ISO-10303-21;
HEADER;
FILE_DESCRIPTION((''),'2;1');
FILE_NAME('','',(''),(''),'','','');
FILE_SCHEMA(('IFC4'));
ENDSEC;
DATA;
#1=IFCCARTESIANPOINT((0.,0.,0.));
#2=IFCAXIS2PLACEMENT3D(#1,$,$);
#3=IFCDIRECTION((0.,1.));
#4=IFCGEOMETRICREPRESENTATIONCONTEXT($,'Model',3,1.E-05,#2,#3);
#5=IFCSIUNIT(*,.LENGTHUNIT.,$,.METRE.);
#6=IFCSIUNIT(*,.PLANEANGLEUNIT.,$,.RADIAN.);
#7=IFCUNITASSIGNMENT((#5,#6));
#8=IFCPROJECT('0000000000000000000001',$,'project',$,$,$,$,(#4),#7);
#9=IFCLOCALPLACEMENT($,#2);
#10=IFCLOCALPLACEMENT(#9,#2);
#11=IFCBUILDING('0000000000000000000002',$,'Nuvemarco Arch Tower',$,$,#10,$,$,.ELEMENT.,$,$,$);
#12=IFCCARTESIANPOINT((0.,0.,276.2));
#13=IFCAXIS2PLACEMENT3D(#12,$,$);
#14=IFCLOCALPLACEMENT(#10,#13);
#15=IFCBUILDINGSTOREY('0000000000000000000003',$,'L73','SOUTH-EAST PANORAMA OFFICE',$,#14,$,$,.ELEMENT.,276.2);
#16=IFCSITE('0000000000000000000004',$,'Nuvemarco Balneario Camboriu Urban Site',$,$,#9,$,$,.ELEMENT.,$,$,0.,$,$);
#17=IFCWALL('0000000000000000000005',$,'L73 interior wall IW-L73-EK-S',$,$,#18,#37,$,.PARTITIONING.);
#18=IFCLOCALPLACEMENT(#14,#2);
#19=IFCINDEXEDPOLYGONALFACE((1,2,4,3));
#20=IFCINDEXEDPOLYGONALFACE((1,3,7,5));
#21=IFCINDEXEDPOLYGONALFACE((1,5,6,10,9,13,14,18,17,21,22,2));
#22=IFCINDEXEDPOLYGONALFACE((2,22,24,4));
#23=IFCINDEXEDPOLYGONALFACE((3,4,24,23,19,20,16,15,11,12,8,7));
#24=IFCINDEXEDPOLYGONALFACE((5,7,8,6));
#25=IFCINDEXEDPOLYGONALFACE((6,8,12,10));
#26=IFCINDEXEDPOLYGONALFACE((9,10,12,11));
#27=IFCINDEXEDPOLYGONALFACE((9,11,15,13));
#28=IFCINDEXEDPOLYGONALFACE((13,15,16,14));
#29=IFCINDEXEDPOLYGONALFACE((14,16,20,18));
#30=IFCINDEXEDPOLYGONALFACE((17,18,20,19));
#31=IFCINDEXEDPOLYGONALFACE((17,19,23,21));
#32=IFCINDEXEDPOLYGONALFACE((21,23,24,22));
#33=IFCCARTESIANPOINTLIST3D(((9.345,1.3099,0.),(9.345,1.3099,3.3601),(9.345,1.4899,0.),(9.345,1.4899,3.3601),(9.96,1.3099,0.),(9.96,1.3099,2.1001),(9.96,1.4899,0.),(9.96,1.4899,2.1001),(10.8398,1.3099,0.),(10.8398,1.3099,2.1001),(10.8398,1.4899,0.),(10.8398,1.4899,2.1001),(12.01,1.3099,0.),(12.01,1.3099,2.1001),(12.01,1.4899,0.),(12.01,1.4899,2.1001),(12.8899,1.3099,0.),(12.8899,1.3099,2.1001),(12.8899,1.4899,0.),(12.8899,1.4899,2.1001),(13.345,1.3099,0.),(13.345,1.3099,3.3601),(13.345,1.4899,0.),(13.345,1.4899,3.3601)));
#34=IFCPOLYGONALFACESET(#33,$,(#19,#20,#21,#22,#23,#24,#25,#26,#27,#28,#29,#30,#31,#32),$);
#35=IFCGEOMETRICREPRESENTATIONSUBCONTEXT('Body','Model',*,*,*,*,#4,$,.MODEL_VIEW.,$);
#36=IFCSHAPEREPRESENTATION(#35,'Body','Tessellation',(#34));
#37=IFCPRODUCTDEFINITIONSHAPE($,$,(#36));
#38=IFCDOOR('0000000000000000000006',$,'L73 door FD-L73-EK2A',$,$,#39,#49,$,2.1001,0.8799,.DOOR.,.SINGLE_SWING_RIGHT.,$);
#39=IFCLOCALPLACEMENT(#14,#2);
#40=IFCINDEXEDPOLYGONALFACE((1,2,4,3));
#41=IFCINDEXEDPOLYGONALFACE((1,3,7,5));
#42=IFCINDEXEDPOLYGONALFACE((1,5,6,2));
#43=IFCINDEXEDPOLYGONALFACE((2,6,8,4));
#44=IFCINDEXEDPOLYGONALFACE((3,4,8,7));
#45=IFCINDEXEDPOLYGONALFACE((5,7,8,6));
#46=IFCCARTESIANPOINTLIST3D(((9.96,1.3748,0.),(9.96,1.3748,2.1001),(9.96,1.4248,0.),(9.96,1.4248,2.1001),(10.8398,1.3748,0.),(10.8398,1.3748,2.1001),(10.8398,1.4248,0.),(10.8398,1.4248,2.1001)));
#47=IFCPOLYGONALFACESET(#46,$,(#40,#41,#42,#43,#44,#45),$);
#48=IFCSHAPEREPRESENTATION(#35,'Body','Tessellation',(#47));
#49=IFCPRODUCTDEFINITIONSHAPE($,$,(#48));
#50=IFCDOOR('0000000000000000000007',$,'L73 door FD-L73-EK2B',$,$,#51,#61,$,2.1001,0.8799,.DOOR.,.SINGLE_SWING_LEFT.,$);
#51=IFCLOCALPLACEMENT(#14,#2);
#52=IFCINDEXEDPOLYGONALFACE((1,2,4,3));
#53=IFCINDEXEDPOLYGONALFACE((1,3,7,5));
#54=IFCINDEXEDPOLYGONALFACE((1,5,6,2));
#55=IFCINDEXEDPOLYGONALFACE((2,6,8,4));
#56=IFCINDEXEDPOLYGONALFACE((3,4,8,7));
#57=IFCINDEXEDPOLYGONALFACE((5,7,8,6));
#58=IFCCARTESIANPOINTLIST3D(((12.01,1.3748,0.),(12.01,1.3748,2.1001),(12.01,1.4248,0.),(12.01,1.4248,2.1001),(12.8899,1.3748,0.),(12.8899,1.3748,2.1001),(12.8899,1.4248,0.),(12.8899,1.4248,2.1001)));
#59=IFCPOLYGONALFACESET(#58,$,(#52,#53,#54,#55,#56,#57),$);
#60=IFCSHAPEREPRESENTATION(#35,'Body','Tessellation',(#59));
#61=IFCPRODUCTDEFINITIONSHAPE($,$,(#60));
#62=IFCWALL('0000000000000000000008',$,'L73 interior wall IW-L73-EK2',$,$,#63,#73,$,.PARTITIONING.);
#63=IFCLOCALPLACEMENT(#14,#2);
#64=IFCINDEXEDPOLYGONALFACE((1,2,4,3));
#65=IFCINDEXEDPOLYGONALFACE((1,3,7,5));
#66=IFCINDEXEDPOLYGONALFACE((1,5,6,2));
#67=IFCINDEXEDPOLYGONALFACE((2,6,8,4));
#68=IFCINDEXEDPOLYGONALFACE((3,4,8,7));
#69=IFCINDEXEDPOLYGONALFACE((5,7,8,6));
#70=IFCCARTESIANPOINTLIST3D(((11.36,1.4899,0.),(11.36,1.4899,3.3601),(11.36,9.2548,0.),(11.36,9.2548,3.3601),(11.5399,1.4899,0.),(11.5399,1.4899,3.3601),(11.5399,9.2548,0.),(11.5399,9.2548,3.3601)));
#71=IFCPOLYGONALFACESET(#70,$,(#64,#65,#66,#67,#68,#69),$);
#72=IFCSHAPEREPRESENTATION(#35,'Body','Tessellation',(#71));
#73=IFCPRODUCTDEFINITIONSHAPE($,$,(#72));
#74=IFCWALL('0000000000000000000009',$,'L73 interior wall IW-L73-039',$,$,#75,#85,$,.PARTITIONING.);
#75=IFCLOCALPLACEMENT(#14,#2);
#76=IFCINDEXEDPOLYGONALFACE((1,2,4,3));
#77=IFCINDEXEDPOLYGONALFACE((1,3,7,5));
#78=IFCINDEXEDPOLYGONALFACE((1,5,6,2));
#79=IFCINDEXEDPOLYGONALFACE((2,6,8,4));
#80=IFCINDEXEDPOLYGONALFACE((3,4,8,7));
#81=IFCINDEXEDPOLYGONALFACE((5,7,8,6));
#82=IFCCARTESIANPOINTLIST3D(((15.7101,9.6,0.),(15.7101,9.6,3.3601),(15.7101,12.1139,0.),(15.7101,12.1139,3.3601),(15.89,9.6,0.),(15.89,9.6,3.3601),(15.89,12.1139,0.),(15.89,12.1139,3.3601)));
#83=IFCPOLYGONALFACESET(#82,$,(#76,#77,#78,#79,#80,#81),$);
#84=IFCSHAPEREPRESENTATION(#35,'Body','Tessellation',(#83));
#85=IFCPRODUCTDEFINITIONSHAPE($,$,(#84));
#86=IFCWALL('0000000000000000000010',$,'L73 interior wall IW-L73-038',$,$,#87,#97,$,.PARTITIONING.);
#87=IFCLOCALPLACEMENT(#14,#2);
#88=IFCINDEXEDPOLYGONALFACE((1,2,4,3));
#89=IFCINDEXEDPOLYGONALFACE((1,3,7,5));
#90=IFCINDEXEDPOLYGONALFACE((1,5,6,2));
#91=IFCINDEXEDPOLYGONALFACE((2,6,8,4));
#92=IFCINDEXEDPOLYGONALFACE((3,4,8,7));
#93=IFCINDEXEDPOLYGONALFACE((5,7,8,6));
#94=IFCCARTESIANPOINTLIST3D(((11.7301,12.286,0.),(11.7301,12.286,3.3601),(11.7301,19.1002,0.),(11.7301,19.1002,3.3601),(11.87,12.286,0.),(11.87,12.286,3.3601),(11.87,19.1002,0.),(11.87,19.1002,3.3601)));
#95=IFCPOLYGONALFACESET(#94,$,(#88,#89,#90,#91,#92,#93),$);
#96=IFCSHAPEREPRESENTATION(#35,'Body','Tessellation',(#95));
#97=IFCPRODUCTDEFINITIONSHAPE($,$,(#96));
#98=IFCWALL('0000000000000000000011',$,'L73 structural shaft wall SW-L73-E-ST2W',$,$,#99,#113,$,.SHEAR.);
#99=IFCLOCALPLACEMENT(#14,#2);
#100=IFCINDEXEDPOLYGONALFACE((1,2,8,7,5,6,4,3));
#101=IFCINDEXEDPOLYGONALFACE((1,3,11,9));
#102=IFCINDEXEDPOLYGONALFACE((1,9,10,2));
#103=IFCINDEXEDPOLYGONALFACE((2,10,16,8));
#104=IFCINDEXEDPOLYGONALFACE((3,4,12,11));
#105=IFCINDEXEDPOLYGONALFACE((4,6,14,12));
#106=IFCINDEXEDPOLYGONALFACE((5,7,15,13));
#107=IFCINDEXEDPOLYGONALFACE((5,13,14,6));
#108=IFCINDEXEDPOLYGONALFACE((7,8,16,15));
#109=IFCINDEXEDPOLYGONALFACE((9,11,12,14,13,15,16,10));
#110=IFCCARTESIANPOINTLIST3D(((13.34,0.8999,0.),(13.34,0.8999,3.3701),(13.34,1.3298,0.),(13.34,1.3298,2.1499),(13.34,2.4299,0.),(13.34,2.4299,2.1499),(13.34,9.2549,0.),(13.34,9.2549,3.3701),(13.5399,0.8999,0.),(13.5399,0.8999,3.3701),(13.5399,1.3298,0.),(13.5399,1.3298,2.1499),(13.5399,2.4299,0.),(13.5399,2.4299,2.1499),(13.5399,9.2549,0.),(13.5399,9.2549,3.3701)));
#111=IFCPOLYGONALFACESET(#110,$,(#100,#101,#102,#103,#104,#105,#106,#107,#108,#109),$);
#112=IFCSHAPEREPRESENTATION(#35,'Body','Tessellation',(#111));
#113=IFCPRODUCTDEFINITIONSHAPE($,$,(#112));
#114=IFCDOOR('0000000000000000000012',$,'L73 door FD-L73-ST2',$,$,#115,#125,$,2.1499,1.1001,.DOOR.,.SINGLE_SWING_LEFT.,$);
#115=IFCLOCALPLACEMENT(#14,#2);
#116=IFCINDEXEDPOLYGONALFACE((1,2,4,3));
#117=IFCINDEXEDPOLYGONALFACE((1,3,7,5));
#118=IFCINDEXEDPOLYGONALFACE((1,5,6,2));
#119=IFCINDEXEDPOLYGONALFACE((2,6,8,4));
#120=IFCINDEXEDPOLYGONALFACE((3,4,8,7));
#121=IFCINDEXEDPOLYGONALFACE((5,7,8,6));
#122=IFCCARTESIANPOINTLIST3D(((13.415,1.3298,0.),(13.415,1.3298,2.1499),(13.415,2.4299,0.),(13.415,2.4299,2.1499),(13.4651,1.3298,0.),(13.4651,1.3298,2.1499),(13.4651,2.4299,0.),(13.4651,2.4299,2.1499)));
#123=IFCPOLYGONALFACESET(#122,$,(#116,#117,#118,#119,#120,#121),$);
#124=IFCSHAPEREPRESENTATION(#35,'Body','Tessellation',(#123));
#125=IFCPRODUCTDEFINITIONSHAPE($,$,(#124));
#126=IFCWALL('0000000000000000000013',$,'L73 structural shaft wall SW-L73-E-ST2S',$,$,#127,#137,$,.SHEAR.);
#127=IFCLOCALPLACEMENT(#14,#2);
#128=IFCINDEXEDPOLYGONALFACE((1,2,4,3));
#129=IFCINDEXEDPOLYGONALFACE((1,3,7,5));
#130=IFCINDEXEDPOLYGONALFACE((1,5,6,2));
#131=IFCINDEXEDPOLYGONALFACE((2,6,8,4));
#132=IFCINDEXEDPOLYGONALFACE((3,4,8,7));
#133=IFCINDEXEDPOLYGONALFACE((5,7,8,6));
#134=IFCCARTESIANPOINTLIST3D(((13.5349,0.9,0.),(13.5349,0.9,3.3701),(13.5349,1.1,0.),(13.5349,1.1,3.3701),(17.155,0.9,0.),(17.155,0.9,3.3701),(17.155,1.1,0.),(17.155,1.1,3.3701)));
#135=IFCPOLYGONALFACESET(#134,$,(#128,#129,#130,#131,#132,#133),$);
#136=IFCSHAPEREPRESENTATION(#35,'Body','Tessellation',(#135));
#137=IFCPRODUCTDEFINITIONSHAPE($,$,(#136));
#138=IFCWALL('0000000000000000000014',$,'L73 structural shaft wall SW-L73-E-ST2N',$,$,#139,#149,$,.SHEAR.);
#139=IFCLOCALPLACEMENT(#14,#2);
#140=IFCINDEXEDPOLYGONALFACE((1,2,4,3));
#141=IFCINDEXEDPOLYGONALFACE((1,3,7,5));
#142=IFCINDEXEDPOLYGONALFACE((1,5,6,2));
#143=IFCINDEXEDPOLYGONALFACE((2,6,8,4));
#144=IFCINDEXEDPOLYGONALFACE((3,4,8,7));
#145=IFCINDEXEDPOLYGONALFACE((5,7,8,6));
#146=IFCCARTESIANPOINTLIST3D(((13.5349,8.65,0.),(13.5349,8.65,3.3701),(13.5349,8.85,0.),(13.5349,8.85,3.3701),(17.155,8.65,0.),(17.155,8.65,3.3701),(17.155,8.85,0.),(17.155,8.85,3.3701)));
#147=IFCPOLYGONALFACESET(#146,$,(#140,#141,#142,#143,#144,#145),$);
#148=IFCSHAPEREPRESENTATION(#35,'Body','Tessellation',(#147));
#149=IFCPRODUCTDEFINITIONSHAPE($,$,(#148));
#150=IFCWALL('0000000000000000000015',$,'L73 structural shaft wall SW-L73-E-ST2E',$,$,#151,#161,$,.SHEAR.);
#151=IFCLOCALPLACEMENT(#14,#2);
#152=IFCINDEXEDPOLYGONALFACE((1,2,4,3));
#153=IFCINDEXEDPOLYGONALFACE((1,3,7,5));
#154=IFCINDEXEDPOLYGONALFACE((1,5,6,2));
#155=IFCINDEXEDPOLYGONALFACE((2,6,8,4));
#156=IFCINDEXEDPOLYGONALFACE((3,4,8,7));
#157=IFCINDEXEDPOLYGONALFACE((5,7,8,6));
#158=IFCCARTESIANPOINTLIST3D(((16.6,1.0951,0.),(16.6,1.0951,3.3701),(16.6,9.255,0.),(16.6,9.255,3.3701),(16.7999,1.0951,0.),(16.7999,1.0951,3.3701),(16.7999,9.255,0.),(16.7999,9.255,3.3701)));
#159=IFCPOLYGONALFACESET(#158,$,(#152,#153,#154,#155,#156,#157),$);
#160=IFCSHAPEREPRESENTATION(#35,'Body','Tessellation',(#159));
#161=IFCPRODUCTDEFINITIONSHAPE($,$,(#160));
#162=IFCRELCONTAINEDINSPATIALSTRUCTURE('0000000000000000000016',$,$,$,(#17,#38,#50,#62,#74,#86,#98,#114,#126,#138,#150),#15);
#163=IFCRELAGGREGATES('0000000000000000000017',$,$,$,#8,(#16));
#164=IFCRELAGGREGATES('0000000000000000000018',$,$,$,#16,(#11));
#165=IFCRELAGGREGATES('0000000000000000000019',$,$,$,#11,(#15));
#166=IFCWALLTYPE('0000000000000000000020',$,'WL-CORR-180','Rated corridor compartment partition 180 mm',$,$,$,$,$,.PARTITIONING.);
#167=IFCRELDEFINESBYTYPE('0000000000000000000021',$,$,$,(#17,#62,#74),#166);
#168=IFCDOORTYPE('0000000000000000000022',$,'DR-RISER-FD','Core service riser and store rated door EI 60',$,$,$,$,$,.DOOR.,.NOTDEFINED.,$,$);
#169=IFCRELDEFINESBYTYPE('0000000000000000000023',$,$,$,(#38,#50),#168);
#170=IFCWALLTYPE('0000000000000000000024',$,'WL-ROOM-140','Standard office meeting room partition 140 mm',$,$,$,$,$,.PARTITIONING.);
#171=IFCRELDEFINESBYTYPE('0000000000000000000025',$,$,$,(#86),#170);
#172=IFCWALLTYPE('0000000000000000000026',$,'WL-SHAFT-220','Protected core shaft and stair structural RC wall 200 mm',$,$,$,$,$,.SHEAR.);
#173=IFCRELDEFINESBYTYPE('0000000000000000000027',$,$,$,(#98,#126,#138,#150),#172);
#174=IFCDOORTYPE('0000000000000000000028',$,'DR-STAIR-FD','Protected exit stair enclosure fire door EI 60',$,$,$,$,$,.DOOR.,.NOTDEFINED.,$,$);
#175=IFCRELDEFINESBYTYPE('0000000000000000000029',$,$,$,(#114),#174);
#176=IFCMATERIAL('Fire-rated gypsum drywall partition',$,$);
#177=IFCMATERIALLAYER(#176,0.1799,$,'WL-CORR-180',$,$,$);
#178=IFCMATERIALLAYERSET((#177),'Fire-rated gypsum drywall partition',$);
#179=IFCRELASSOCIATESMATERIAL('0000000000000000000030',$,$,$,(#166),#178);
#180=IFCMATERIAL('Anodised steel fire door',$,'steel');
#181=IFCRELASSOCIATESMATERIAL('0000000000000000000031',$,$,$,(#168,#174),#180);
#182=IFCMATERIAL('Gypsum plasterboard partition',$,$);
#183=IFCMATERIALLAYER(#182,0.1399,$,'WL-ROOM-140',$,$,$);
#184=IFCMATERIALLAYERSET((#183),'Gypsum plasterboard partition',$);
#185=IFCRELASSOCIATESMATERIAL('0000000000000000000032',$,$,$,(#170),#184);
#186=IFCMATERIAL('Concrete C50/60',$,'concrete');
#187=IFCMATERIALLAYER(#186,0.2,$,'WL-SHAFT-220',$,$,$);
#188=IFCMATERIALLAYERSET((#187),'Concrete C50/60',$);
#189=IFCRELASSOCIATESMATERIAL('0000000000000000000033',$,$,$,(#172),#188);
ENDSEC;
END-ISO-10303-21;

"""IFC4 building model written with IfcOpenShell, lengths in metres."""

from ifc_helpers import new_model, si_unit, direction, frame, frame_2d, origin, place, context, subcontext, project, spatial, rectangle, extrude, source, transform, mapped, material, layer, layer_set, type_object, type_shapes, element, fill, save


model = new_model("IFC4")

# Units and contexts
model_context = context("Model", 3, precision=1e-05, world=origin(), true_north=direction((0.0, 1.0)))
body_context = subcontext(model_context, "Body", "Model", "MODEL_VIEW")
ifc_project = project(units=[si_unit("LENGTHUNIT", "METRE"), si_unit("PLANEANGLEUNIT", "RADIAN")], contexts=[model_context])

# Site, building, storey
site_placement = place(None, origin())
site = spatial("IfcSite", under=ifc_project, at=site_placement, Name="Nuvemarco Balneario Camboriu Urban Site", CompositionType="ELEMENT", RefElevation=0.0)
building_placement = place(site_placement, origin())
building = spatial("IfcBuilding", under=site, at=building_placement, Name="Nuvemarco Arch Tower", CompositionType="ELEMENT")
storey_placement = place(building_placement, frame((0.0, 0.0, 276.2)))
storey = spatial("IfcBuildingStorey", under=building, at=storey_placement, Name="L73", Description="SOUTH-EAST PANORAMA OFFICE", CompositionType="ELEMENT", Elevation=276.2)

# Shared definitions
ifc_material_1 = material(Name="Concrete C50/60", Category="concrete")

# Wall, openings, doors
ifc_material_2 = material(Name="Fire-rated gypsum drywall partition")
ifc_layer_1 = layer(ifc_material_2, 0.1799, Name="WL-CORR-180")
ifc_layer_set_1 = layer_set([ifc_layer_1], Name="Fire-rated gypsum drywall partition")
wall_type_1 = type_object("IfcWallType", Name="WL-CORR-180", Description="Rated corridor compartment partition 180 mm", PredefinedType="PARTITIONING", material=ifc_layer_set_1)
wall_1_placement = place(storey_placement, frame((9.345, 1.3999, 0.0), z_axis=(0.0, 0.0, 1.0), x_axis=(1.0, 0.0, 0.0)))
wall_1 = element("IfcWall", 1, at=wall_1_placement, inside=storey, type_object=wall_type_1, Name="L73 interior wall IW-L73-EK-S", PredefinedType="PARTITIONING", context=body_context, shape_type="SweptSolid", body=[
    extrude(rectangle(XDim=4.0, YDim=0.1799, at=frame_2d((2.0, 0.0))), origin(), (0.0, 0.0, 1.0), 3.3601),
])
opening_1_placement = place(wall_1_placement, frame((0.615, 0.0, 0.0)))
opening_1 = element("IfcOpeningElement", 2, at=opening_1_placement, cuts=wall_1, PredefinedType="OPENING", context=body_context, shape_type="SweptSolid", body=[
    extrude(rectangle(XDim=0.8799, YDim=2.1001, at=frame_2d((0.4399, 1.05))), frame((0.0, 0.0999, 0.0), z_axis=(0.0, -1.0, 0.0), x_axis=(1.0, 0.0, 0.0)), (0.0, 0.0, 1.0), 0.2),
])
opening_2_placement = place(wall_1_placement, frame((2.665, 0.0, 0.0)))
opening_2 = element("IfcOpeningElement", 3, at=opening_2_placement, cuts=wall_1, PredefinedType="OPENING", context=body_context, shape_type="SweptSolid", body=[
    extrude(rectangle(XDim=0.8799, YDim=2.1001, at=frame_2d((0.4399, 1.05))), frame((0.0, 0.0999, 0.0), z_axis=(0.0, -1.0, 0.0), x_axis=(1.0, 0.0, 0.0)), (0.0, 0.0, 1.0), 0.2),
])
ifc_material_3 = material(Name="Anodised steel fire door", Category="steel")
door_type_1 = type_object("IfcDoorType", Name="DR-RISER-FD", Description="Core service riser and store rated door EI 60", OperationType="NOTDEFINED", PredefinedType="DOOR", material=ifc_material_3)
shared_shape_1 = source(origin(), body_context, "Body", "SweptSolid", [
    extrude(rectangle(XDim=0.8799, YDim=2.1001, at=frame_2d((0.4399, 1.05))), frame((0.0, 0.0249, 0.0), z_axis=(0.0, -1.0, 0.0), x_axis=(1.0, 0.0, 0.0)), (0.0, 0.0, 1.0), 0.05),
])
type_shapes(door_type_1, [shared_shape_1])
door_1_placement = place(opening_1_placement, origin())
door_1 = element("IfcDoor", 4, at=door_1_placement, inside=storey, type_object=door_type_1, Name="L73 door FD-L73-EK2A", OperationType="SINGLE_SWING_RIGHT", OverallHeight=2.1001, OverallWidth=0.8799, PredefinedType="DOOR", context=body_context, shape_type="MappedRepresentation", body=[
    mapped(shared_shape_1, transform((0.0, 0.0, 0.0), scale=1.0)),
])
fill(opening_1, door_1)
door_2_placement = place(opening_2_placement, origin())
door_2 = element("IfcDoor", 5, at=door_2_placement, inside=storey, type_object=door_type_1, Name="L73 door FD-L73-EK2B", OperationType="SINGLE_SWING_LEFT", OverallHeight=2.1001, OverallWidth=0.8799, PredefinedType="DOOR", context=body_context, shape_type="MappedRepresentation", body=[
    mapped(shared_shape_1, transform((0.0, 0.0, 0.0), scale=1.0)),
])
fill(opening_2, door_2)

# Walls
wall_2_placement = place(storey_placement, frame((11.45, 1.49, 0.0), z_axis=(0.0, 0.0, 1.0), x_axis=(0.0, 1.0, 0.0)))
element("IfcWall", 6, at=wall_2_placement, inside=storey, type_object=wall_type_1, Name="L73 interior wall IW-L73-EK2", PredefinedType="PARTITIONING", context=body_context, shape_type="SweptSolid", body=[
    extrude(rectangle(XDim=7.7649, YDim=0.1799, at=frame_2d((3.8823, 0.0))), origin(), (0.0, 0.0, 1.0), 3.3601),
])
wall_3_placement = place(storey_placement, frame((15.8, 9.6001, 0.0), z_axis=(0.0, 0.0, 1.0), x_axis=(0.0, 1.0, 0.0)))
element("IfcWall", 7, at=wall_3_placement, inside=storey, type_object=wall_type_1, Name="L73 interior wall IW-L73-039", PredefinedType="PARTITIONING", context=body_context, shape_type="SweptSolid", body=[
    extrude(rectangle(XDim=2.5139, YDim=0.1799, at=frame_2d((1.2568, 0.0))), origin(), (0.0, 0.0, 1.0), 3.3601),
])
ifc_material_4 = material(Name="Gypsum plasterboard partition")
ifc_layer_2 = layer(ifc_material_4, 0.1399, Name="WL-ROOM-140")
ifc_layer_set_2 = layer_set([ifc_layer_2], Name="Gypsum plasterboard partition")
wall_type_2 = type_object("IfcWallType", Name="WL-ROOM-140", Description="Standard office meeting room partition 140 mm", PredefinedType="PARTITIONING", material=ifc_layer_set_2)
wall_4_placement = place(storey_placement, frame((11.8, 12.2859, 0.0), z_axis=(0.0, 0.0, 1.0), x_axis=(0.0, 1.0, 0.0)))
element("IfcWall", 8, at=wall_4_placement, inside=storey, type_object=wall_type_2, Name="L73 interior wall IW-L73-038", PredefinedType="PARTITIONING", context=body_context, shape_type="SweptSolid", body=[
    extrude(rectangle(XDim=6.8142, YDim=0.1399, at=frame_2d((3.4072, 0.0))), origin(), (0.0, 0.0, 1.0), 3.3601),
])

# Wall, opening, door
ifc_layer_3 = layer(ifc_material_1, 0.2, Name="WL-SHAFT-220")
ifc_layer_set_3 = layer_set([ifc_layer_3], Name="Concrete C50/60")
wall_type_3 = type_object("IfcWallType", Name="WL-SHAFT-220", Description="Protected core shaft and stair structural RC wall 200 mm", PredefinedType="SHEAR", material=ifc_layer_set_3)
wall_5_placement = place(storey_placement, frame((13.4399, 0.8999, 0.0), z_axis=(0.0, 0.0, 1.0), x_axis=(0.0, 1.0, 0.0)))
wall_5 = element("IfcWall", 9, at=wall_5_placement, inside=storey, type_object=wall_type_3, Name="L73 structural shaft wall SW-L73-E-ST2W", PredefinedType="SHEAR", context=body_context, shape_type="SweptSolid", body=[
    extrude(rectangle(XDim=8.355, YDim=0.2, at=frame_2d((4.1775, 0.0))), origin(), (0.0, 0.0, 1.0), 3.3701),
])
opening_3_placement = place(wall_5_placement, frame((0.4299, 0.0, 0.0)))
opening_3 = element("IfcOpeningElement", 10, at=opening_3_placement, cuts=wall_5, PredefinedType="OPENING", context=body_context, shape_type="SweptSolid", body=[
    extrude(rectangle(XDim=1.1001, YDim=2.1499, at=frame_2d((0.55, 1.075))), frame((0.0, 0.1099, 0.0), z_axis=(0.0, -1.0, 0.0), x_axis=(1.0, 0.0, 0.0)), (0.0, 0.0, 1.0), 0.22),
])
door_type_2 = type_object("IfcDoorType", Name="DR-STAIR-FD", Description="Protected exit stair enclosure fire door EI 60", OperationType="NOTDEFINED", PredefinedType="DOOR", material=ifc_material_3)
shared_shape_2 = source(origin(), body_context, "Body", "SweptSolid", [
    extrude(rectangle(XDim=1.1001, YDim=2.1499, at=frame_2d((0.55, 1.075))), frame((0.0, 0.0249, 0.0), z_axis=(0.0, -1.0, 0.0), x_axis=(1.0, 0.0, 0.0)), (0.0, 0.0, 1.0), 0.05),
])
type_shapes(door_type_2, [shared_shape_2])
door_3_placement = place(opening_3_placement, origin())
door_3 = element("IfcDoor", 11, at=door_3_placement, inside=storey, type_object=door_type_2, Name="L73 door FD-L73-ST2", OperationType="SINGLE_SWING_LEFT", OverallHeight=2.1499, OverallWidth=1.1001, PredefinedType="DOOR", context=body_context, shape_type="MappedRepresentation", body=[
    mapped(shared_shape_2, transform((0.0, 0.0, 0.0), scale=1.0)),
])
fill(opening_3, door_3)

# Walls
for number, where, z_axis, x_axis, name in (
    (12, (13.5349, 1.0, 0.0), (0.0, 0.0, 1.0), (1.0, 0.0, 0.0), "L73 structural shaft wall SW-L73-E-ST2S"),
    (13, (13.5349, 8.75, 0.0), (0.0, 0.0, 1.0), (1.0, 0.0, 0.0), "L73 structural shaft wall SW-L73-E-ST2N"),
):
    element("IfcWall", number, at=place(storey_placement, frame(where, z_axis=z_axis, x_axis=x_axis)), inside=storey, type_object=wall_type_3, Name=name, PredefinedType="SHEAR", context=body_context, shape_type="SweptSolid", body=[
        extrude(rectangle(XDim=3.6201, YDim=0.2, at=frame_2d((1.8101, 0.0))), origin(), (0.0, 0.0, 1.0), 3.3701),
    ])
wall_6_placement = place(storey_placement, frame((16.7, 1.095, 0.0), z_axis=(0.0, 0.0, 1.0), x_axis=(0.0, 1.0, 0.0)))
element("IfcWall", 14, at=wall_6_placement, inside=storey, type_object=wall_type_3, Name="L73 structural shaft wall SW-L73-E-ST2E", PredefinedType="SHEAR", context=body_context, shape_type="SweptSolid", body=[
    extrude(rectangle(XDim=8.1599, YDim=0.2, at=frame_2d((4.0801, 0.0))), origin(), (0.0, 0.0, 1.0), 3.3701),
])

save(model, "model.ifc")
